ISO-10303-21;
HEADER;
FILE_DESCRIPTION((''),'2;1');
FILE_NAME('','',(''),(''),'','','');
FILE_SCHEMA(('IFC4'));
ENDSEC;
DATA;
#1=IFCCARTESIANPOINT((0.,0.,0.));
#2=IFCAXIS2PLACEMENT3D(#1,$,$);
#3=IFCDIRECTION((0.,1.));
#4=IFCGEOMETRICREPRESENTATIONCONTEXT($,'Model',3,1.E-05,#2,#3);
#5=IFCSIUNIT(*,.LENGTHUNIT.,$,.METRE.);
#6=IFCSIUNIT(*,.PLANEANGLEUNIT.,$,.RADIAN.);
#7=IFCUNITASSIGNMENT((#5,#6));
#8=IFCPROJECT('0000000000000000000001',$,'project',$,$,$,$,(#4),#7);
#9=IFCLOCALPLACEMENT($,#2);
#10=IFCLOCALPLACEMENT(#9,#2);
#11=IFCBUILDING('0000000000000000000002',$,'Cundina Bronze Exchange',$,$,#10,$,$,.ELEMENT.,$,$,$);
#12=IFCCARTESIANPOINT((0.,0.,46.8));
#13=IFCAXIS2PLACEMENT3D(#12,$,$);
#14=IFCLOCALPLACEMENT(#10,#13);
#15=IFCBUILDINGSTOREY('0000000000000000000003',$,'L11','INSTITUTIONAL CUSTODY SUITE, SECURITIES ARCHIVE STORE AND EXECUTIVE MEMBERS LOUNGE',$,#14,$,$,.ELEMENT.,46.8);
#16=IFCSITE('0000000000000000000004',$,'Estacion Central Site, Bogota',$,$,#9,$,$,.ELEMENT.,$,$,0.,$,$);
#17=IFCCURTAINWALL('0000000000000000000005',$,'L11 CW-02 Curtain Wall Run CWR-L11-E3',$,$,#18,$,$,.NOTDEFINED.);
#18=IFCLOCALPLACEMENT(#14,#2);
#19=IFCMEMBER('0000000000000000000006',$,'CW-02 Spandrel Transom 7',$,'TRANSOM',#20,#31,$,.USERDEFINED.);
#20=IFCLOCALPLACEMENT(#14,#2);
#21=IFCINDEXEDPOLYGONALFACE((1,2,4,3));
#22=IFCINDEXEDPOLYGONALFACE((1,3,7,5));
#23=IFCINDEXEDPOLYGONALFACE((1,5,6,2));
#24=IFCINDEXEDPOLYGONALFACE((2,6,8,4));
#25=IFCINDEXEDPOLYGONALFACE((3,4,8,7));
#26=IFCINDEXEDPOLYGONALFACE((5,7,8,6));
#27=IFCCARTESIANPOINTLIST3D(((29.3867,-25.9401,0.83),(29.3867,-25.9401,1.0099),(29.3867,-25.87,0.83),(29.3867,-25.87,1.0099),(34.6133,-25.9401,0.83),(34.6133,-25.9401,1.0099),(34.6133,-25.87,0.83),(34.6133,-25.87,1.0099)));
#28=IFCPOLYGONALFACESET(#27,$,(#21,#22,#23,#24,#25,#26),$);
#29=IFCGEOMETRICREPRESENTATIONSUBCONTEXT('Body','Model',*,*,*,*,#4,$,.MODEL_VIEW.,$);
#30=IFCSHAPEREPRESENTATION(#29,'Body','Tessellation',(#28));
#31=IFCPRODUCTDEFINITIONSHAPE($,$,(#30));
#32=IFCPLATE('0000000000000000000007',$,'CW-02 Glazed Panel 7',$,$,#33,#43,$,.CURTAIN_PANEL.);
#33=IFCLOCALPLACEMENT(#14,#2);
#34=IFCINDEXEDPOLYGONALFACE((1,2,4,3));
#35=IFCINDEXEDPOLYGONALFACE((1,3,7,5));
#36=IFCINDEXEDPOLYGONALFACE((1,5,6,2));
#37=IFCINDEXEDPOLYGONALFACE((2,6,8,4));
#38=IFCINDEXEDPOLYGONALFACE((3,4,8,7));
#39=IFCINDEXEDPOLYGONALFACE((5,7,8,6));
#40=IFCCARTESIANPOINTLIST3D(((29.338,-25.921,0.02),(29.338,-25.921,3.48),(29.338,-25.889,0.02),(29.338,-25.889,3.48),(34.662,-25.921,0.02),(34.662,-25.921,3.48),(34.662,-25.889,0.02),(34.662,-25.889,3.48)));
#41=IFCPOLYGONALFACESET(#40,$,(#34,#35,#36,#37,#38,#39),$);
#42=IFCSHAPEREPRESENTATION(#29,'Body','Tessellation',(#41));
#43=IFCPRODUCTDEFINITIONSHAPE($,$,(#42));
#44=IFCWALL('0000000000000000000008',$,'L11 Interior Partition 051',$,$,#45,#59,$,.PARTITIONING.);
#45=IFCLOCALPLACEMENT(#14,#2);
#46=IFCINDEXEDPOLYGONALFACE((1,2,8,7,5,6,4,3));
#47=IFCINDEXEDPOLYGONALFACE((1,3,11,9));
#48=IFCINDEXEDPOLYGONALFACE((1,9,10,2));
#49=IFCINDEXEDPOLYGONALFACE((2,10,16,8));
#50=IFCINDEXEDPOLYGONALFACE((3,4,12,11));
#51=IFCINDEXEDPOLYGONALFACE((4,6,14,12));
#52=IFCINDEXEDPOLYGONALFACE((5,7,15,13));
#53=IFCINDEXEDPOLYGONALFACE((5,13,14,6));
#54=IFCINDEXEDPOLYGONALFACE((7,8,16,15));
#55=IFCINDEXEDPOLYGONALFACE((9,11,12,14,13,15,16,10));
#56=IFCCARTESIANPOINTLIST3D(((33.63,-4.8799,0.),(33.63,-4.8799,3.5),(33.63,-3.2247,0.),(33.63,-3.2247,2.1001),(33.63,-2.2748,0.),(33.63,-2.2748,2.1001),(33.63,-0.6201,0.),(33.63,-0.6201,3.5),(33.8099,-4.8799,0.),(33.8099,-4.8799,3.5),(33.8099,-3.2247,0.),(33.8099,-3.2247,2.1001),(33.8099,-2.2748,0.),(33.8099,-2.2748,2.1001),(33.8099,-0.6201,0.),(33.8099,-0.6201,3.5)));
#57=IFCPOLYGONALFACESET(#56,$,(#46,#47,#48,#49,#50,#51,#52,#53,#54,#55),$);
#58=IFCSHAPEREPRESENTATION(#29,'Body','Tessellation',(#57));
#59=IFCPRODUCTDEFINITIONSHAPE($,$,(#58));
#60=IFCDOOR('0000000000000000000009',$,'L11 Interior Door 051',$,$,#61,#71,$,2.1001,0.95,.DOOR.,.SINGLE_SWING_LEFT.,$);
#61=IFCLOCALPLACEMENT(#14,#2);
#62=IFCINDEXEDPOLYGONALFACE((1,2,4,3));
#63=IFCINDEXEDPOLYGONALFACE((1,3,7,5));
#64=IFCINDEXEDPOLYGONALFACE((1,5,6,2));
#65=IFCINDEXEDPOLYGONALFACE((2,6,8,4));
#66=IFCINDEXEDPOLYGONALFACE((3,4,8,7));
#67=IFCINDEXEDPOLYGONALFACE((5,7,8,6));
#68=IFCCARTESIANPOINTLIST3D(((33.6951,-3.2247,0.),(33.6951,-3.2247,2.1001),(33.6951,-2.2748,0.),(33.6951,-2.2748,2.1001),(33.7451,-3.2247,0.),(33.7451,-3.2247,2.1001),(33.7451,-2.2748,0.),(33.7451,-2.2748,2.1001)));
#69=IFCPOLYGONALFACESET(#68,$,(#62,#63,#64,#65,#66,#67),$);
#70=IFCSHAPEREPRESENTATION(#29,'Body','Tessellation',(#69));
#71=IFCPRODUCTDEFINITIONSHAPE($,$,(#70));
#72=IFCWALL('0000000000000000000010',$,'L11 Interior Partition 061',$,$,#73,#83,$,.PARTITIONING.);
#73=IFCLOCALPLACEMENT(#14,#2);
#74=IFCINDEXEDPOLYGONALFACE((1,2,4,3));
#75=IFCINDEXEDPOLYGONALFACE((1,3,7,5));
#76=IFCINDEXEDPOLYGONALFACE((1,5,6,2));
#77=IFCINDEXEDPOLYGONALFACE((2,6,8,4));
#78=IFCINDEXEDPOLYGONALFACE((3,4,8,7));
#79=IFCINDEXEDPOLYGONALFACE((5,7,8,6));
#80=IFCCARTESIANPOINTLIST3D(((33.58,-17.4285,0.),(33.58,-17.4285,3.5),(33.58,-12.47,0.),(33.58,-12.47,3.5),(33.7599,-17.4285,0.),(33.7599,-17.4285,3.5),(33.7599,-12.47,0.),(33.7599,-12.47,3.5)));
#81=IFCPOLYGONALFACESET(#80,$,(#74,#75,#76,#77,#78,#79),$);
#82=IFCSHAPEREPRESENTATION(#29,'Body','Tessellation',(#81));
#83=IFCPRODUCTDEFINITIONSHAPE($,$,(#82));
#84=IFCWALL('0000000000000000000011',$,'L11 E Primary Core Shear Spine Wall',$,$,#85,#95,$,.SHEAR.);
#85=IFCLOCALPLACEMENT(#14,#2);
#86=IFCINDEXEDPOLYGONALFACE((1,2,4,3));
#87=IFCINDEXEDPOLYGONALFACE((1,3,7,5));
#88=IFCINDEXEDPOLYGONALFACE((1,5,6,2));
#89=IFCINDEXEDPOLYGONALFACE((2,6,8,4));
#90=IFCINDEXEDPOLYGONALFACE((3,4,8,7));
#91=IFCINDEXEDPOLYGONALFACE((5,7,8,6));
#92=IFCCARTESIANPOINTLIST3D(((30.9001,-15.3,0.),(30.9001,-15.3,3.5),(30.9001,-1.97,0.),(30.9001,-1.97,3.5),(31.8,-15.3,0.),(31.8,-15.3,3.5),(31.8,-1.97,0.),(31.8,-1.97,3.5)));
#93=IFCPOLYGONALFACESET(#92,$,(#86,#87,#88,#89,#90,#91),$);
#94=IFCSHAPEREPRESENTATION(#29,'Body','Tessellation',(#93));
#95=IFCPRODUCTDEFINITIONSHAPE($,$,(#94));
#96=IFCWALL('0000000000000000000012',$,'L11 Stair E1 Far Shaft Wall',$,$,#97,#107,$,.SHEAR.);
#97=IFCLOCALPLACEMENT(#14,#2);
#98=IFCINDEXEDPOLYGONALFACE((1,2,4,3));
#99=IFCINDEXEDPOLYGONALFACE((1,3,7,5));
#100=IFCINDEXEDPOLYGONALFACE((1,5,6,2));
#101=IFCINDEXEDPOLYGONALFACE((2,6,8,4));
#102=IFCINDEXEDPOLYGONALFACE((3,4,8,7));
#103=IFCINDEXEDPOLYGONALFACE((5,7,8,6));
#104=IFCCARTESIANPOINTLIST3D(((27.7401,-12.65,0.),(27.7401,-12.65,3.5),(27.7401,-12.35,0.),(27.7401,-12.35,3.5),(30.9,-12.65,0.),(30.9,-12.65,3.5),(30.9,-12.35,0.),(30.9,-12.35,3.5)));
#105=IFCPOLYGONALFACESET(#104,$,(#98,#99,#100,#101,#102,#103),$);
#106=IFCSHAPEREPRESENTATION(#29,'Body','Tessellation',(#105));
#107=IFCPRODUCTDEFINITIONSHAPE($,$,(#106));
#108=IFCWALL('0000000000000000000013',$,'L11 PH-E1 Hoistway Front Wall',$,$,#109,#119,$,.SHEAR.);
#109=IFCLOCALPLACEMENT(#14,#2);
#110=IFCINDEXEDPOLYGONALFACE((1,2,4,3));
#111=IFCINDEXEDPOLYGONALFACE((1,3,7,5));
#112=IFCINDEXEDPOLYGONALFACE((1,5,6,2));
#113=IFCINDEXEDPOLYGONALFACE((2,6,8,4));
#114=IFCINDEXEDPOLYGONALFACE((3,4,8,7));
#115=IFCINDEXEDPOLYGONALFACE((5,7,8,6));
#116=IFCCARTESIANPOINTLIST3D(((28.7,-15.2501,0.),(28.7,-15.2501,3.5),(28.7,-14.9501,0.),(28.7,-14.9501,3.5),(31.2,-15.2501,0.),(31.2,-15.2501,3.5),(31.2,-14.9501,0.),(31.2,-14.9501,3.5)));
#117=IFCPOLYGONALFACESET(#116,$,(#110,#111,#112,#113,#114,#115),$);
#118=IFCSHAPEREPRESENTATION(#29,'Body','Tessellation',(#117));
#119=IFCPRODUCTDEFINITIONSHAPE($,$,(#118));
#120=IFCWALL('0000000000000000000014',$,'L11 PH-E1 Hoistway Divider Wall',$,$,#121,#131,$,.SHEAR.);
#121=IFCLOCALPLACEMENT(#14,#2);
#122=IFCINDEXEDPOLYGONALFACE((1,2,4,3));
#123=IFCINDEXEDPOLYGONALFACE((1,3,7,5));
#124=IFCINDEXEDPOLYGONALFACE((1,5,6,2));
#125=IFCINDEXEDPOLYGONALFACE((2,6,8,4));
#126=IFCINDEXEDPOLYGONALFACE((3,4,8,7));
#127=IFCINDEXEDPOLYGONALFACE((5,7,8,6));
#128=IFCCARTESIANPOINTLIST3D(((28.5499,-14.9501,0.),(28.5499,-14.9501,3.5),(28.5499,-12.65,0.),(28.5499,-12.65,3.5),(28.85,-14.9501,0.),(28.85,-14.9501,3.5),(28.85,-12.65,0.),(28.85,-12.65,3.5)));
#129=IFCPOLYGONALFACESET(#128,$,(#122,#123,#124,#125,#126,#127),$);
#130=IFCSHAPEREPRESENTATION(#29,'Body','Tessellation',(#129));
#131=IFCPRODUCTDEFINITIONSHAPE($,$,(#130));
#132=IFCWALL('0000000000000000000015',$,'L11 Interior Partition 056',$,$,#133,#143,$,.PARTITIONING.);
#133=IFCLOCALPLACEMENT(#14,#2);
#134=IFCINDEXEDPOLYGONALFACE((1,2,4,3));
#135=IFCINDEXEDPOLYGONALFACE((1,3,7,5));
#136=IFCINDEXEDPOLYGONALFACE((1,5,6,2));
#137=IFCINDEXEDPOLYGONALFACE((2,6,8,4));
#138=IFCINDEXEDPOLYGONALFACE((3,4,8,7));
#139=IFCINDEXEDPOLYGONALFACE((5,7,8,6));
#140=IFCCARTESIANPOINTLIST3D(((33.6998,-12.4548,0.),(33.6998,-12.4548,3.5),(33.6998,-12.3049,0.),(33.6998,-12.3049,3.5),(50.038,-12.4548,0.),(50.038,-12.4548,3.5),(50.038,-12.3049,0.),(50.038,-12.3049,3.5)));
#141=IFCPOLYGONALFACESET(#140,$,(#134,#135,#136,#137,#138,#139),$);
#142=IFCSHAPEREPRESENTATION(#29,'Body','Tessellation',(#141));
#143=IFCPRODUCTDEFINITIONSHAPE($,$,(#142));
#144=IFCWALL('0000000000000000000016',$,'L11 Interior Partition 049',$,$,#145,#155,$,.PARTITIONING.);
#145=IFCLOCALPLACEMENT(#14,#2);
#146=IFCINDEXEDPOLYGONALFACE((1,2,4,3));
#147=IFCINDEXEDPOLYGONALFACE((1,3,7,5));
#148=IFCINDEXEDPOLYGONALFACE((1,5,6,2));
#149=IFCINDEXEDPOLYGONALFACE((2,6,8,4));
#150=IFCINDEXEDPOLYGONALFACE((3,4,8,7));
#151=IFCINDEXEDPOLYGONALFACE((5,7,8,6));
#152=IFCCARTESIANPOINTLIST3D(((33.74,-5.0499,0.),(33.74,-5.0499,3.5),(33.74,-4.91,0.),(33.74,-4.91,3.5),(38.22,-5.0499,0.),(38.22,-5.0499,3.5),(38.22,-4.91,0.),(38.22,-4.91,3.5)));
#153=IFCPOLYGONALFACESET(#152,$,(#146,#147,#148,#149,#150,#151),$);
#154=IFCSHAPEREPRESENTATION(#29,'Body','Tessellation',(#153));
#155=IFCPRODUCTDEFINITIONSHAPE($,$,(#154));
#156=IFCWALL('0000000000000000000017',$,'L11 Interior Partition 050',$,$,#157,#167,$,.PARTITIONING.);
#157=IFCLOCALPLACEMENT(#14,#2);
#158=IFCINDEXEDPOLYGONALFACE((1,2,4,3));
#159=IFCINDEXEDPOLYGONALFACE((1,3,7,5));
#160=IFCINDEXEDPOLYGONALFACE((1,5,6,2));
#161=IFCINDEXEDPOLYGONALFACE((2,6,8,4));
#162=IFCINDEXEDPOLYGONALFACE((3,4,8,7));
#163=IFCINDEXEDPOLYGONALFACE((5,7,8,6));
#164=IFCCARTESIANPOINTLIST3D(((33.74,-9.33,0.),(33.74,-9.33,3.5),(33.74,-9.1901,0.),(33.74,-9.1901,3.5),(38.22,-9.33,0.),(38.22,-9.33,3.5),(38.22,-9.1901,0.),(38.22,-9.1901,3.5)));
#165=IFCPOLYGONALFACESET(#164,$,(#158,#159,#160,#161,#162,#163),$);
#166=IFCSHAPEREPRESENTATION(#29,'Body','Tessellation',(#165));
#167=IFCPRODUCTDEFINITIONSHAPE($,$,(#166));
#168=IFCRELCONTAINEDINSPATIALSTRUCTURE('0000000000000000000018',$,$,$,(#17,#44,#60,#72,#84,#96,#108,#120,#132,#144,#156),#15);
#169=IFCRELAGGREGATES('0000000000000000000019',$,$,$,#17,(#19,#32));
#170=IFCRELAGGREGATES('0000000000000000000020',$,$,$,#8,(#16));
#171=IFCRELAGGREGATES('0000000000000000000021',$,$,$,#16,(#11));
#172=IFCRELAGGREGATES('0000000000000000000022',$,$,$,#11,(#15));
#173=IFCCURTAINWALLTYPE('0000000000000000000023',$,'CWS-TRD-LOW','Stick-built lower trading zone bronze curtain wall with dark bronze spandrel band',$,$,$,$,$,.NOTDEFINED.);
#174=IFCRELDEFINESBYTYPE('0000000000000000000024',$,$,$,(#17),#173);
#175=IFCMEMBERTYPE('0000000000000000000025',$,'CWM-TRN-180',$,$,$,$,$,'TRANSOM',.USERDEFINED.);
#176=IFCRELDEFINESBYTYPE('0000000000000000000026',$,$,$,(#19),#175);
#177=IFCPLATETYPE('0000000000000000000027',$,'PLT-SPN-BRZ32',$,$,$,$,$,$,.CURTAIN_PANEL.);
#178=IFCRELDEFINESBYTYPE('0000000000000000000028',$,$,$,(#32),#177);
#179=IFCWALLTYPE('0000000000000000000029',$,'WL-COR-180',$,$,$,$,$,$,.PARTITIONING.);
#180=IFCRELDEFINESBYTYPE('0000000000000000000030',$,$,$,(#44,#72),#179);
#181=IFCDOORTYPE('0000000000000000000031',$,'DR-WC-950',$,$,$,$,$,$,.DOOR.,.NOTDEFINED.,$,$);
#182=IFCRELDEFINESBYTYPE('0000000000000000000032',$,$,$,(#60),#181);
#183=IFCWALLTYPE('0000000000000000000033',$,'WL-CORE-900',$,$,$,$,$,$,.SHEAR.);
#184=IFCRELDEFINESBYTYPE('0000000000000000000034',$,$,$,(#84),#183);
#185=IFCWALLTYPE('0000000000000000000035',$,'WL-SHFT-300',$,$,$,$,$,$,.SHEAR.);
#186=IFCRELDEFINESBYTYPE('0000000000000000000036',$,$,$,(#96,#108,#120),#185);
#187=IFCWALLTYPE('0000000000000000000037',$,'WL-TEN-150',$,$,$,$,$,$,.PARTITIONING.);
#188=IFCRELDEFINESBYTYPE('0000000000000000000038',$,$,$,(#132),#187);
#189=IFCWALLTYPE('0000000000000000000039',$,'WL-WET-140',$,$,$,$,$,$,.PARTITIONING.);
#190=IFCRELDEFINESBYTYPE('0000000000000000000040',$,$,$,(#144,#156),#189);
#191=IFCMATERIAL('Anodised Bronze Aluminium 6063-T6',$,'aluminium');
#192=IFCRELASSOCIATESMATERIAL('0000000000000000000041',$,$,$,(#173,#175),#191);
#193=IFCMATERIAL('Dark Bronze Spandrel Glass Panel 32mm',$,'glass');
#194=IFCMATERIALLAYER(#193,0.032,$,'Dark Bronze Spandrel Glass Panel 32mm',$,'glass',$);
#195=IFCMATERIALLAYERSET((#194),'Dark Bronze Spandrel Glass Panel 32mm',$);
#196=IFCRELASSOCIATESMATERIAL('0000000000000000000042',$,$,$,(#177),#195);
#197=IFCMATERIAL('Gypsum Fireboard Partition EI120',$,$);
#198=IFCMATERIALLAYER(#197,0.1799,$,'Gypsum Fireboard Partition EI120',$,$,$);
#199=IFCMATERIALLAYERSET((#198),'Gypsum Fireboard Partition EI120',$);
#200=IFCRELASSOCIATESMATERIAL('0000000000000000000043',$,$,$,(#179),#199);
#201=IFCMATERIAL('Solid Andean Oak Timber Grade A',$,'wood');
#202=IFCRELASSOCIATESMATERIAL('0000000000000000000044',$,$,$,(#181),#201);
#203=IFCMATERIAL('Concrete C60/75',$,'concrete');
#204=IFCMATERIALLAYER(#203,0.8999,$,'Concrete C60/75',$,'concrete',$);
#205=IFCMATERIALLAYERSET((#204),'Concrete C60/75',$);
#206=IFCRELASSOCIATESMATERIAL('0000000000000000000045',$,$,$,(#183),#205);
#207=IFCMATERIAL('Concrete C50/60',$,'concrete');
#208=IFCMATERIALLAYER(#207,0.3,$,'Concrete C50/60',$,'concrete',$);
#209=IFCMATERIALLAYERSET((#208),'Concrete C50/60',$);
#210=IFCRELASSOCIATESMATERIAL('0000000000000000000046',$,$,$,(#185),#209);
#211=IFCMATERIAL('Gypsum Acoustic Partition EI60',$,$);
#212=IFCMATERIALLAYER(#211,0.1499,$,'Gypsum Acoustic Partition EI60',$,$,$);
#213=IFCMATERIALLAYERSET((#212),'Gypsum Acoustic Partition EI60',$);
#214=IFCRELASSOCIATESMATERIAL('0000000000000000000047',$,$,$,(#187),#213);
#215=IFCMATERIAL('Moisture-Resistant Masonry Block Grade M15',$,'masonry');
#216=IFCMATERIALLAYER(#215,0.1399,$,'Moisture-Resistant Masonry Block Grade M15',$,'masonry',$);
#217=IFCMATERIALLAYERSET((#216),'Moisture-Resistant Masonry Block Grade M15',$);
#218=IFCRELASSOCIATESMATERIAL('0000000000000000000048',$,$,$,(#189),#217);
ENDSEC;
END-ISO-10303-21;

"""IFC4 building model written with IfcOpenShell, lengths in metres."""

from ifc_helpers import new_model, si_unit, direction, frame, frame_2d, origin, origin_2d, place, context, subcontext, project, spatial, rectangle, extrude, material, layer, layer_set, material_profile, profile_set, type_object, element, fill, aggregate, save


model = new_model("IFC4")

# Units and contexts
model_context = context("Model", 3, precision=1e-05, world=origin(), true_north=direction((0.0, 1.0)))
body_context = subcontext(model_context, "Body", "Model", "MODEL_VIEW")
ifc_project = project(units=[si_unit("LENGTHUNIT", "METRE"), si_unit("PLANEANGLEUNIT", "RADIAN")], contexts=[model_context])

# Site, building, storey
site_placement = place(None, origin())
site = spatial("IfcSite", under=ifc_project, at=site_placement, Name="Estacion Central Site, Bogota", CompositionType="ELEMENT", RefElevation=0.0)
building_placement = place(site_placement, origin())
building = spatial("IfcBuilding", under=site, at=building_placement, Name="Cundina Bronze Exchange", CompositionType="ELEMENT")
storey_placement = place(building_placement, frame((0.0, 0.0, 46.8)))
storey = spatial("IfcBuildingStorey", under=building, at=storey_placement, Name="L11", Description="INSTITUTIONAL CUSTODY SUITE, SECURITIES ARCHIVE STORE AND EXECUTIVE MEMBERS LOUNGE", CompositionType="ELEMENT", Elevation=46.8)

# Shared definitions
ifc_material_1 = material(Name="Concrete C60/75", Category="concrete")

# Curtain wall
ifc_material_2 = material(Name="Anodised Bronze Aluminium 6063-T6", Category="aluminium")
curtain_wall_type = type_object("IfcCurtainWallType", Name="CWS-TRD-LOW", Description="Stick-built lower trading zone bronze curtain wall with dark bronze spandrel band", PredefinedType="NOTDEFINED", material=ifc_material_2)
curtain_wall_1_placement = place(storey_placement, origin())
curtain_wall_1 = element("IfcCurtainWall", 1, at=curtain_wall_1_placement, inside=storey, type_object=curtain_wall_type, Name="L11 CW-02 Curtain Wall Run CWR-L11-E3", PredefinedType="NOTDEFINED")

# Member
ifc_material_profile_1 = material_profile(ifc_material_2, rectangle(XDim=0.0701, YDim=0.1799, at=origin_2d()), Name="AL70X180", Category="aluminium")
ifc_profile_set_1 = profile_set([ifc_material_profile_1], Name="Anodised Bronze Aluminium 6063-T6")
member_type_1 = type_object("IfcMemberType", Name="CWM-TRN-180", ElementType="TRANSOM", PredefinedType="USERDEFINED", material=ifc_profile_set_1)
member_1_placement = place(storey_placement, frame((29.3867, -25.905, 0.9199), z_axis=(1.0, 0.0, 0.0), x_axis=(0.0, 1.0, 0.0)))
member_1 = element("IfcMember", 2, at=member_1_placement, type_object=member_type_1, Name="CW-02 Spandrel Transom 7", ObjectType="TRANSOM", PredefinedType="USERDEFINED", context=body_context, shape_type="SweptSolid", body=[
    extrude(rectangle(XDim=0.0701, YDim=0.1799, at=origin_2d()), origin(), (0.0, 0.0, 1.0), 5.2266),
])

# Plate
ifc_material_3 = material(Name="Dark Bronze Spandrel Glass Panel 32mm", Category="glass")
ifc_layer_1 = layer(ifc_material_3, 0.032, Name="Dark Bronze Spandrel Glass Panel 32mm", Category="glass")
ifc_layer_set_1 = layer_set([ifc_layer_1], Name="Dark Bronze Spandrel Glass Panel 32mm")
plate_type = type_object("IfcPlateType", Name="PLT-SPN-BRZ32", PredefinedType="CURTAIN_PANEL", material=ifc_layer_set_1)
plate_placement = place(storey_placement, frame((32.0, -25.905, 0.02), z_axis=(0.0, 0.0, 1.0), x_axis=(1.0, 0.0, 0.0)))
plate = element("IfcPlate", 3, at=plate_placement, type_object=plate_type, Name="CW-02 Glazed Panel 7", PredefinedType="CURTAIN_PANEL", context=body_context, shape_type="SweptSolid", body=[
    extrude(rectangle(XDim=5.324, YDim=0.032, at=origin_2d()), origin(), (0.0, 0.0, 1.0), 3.46),
])
aggregate(curtain_wall_1, [member_1, plate])

# Wall, opening, door
ifc_material_4 = material(Name="Gypsum Fireboard Partition EI120")
ifc_layer_2 = layer(ifc_material_4, 0.1799, Name="Gypsum Fireboard Partition EI120")
ifc_layer_set_2 = layer_set([ifc_layer_2], Name="Gypsum Fireboard Partition EI120")
wall_type_1 = type_object("IfcWallType", Name="WL-COR-180", PredefinedType="PARTITIONING", material=ifc_layer_set_2)
wall_1_placement = place(storey_placement, frame((33.72, -4.8799, 0.0), z_axis=(0.0, 0.0, 1.0), x_axis=(0.0, 1.0, 0.0)))
wall_1 = element("IfcWall", 4, at=wall_1_placement, inside=storey, type_object=wall_type_1, Name="L11 Interior Partition 051", PredefinedType="PARTITIONING", context=body_context, shape_type="SweptSolid", body=[
    extrude(rectangle(XDim=4.2598, YDim=0.1799, at=frame_2d((2.1299, 0.0))), origin(), (0.0, 0.0, 1.0), 3.5),
])
opening_1_placement = place(wall_1_placement, frame((1.655, 0.0, 0.0)))
opening_1 = element("IfcOpeningElement", 5, at=opening_1_placement, cuts=wall_1, PredefinedType="OPENING", context=body_context, shape_type="SweptSolid", body=[
    extrude(rectangle(XDim=0.95, YDim=2.1001, at=frame_2d((0.4751, 1.05))), frame((0.0, 0.0999, 0.0), z_axis=(0.0, -1.0, 0.0), x_axis=(1.0, 0.0, 0.0)), (0.0, 0.0, 1.0), 0.2),
])
ifc_material_5 = material(Name="Solid Andean Oak Timber Grade A", Category="wood")
door_type_1 = type_object("IfcDoorType", Name="DR-WC-950", OperationType="NOTDEFINED", PredefinedType="DOOR", material=ifc_material_5)
door_1_placement = place(opening_1_placement, origin())
door_1 = element("IfcDoor", 6, at=door_1_placement, inside=storey, type_object=door_type_1, Name="L11 Interior Door 051", OperationType="SINGLE_SWING_LEFT", OverallHeight=2.1001, OverallWidth=0.95, PredefinedType="DOOR", context=body_context, shape_type="SweptSolid", body=[
    extrude(rectangle(XDim=0.95, YDim=2.1001, at=frame_2d((0.4751, 1.05))), frame((0.0, 0.0249, 0.0), z_axis=(0.0, -1.0, 0.0), x_axis=(1.0, 0.0, 0.0)), (0.0, 0.0, 1.0), 0.05),
])
fill(opening_1, door_1)

# Walls
wall_2_placement = place(storey_placement, frame((33.6699, -17.4285, 0.0), z_axis=(0.0, 0.0, 1.0), x_axis=(0.0, 1.0, 0.0)))
element("IfcWall", 7, at=wall_2_placement, inside=storey, type_object=wall_type_1, Name="L11 Interior Partition 061", PredefinedType="PARTITIONING", context=body_context, shape_type="SweptSolid", body=[
    extrude(rectangle(XDim=4.9585, YDim=0.1799, at=frame_2d((2.4792, 0.0))), origin(), (0.0, 0.0, 1.0), 3.5),
])
ifc_layer_3 = layer(ifc_material_1, 0.8999, Name="Concrete C60/75", Category="concrete")
ifc_layer_set_3 = layer_set([ifc_layer_3], Name="Concrete C60/75")
wall_type_2 = type_object("IfcWallType", Name="WL-CORE-900", PredefinedType="SHEAR", material=ifc_layer_set_3)
wall_3_placement = place(storey_placement, frame((31.3501, -15.3, 0.0), z_axis=(0.0, 0.0, 1.0), x_axis=(0.0, 1.0, 0.0)))
element("IfcWall", 8, at=wall_3_placement, inside=storey, type_object=wall_type_2, Name="L11 E Primary Core Shear Spine Wall", PredefinedType="SHEAR", context=body_context, shape_type="SweptSolid", body=[
    extrude(rectangle(XDim=13.3301, YDim=0.8999, at=frame_2d((6.665, 0.0))), origin(), (0.0, 0.0, 1.0), 3.5),
])
ifc_material_6 = material(Name="Concrete C50/60", Category="concrete")
ifc_layer_4 = layer(ifc_material_6, 0.3, Name="Concrete C50/60", Category="concrete")
ifc_layer_set_4 = layer_set([ifc_layer_4], Name="Concrete C50/60")
wall_type_3 = type_object("IfcWallType", Name="WL-SHFT-300", PredefinedType="SHEAR", material=ifc_layer_set_4)
wall_4_placement = place(storey_placement, frame((27.74, -12.5, 0.0), z_axis=(0.0, 0.0, 1.0), x_axis=(1.0, 0.0, 0.0)))
element("IfcWall", 9, at=wall_4_placement, inside=storey, type_object=wall_type_3, Name="L11 Stair E1 Far Shaft Wall", PredefinedType="SHEAR", context=body_context, shape_type="SweptSolid", body=[
    extrude(rectangle(XDim=3.1599, YDim=0.3, at=frame_2d((1.5801, 0.0))), origin(), (0.0, 0.0, 1.0), 3.5),
])
wall_5_placement = place(storey_placement, frame((28.7, -15.1001, 0.0), z_axis=(0.0, 0.0, 1.0), x_axis=(1.0, 0.0, 0.0)))
element("IfcWall", 10, at=wall_5_placement, inside=storey, type_object=wall_type_3, Name="L11 PH-E1 Hoistway Front Wall", PredefinedType="SHEAR", context=body_context, shape_type="SweptSolid", body=[
    extrude(rectangle(XDim=2.5, YDim=0.3, at=frame_2d((1.25, 0.0))), origin(), (0.0, 0.0, 1.0), 3.5),
])
wall_6_placement = place(storey_placement, frame((28.7, -14.95, 0.0), z_axis=(0.0, 0.0, 1.0), x_axis=(0.0, 1.0, 0.0)))
element("IfcWall", 11, at=wall_6_placement, inside=storey, type_object=wall_type_3, Name="L11 PH-E1 Hoistway Divider Wall", PredefinedType="SHEAR", context=body_context, shape_type="SweptSolid", body=[
    extrude(rectangle(XDim=2.3, YDim=0.3, at=frame_2d((1.1499, 0.0))), origin(), (0.0, 0.0, 1.0), 3.5),
])
ifc_material_7 = material(Name="Gypsum Acoustic Partition EI60")
ifc_layer_5 = layer(ifc_material_7, 0.1499, Name="Gypsum Acoustic Partition EI60")
ifc_layer_set_5 = layer_set([ifc_layer_5], Name="Gypsum Acoustic Partition EI60")
wall_type_4 = type_object("IfcWallType", Name="WL-TEN-150", PredefinedType="PARTITIONING", material=ifc_layer_set_5)
wall_7_placement = place(storey_placement, frame((33.7, -12.3799, 0.0), z_axis=(0.0, 0.0, 1.0), x_axis=(1.0, 0.0, 0.0)))
element("IfcWall", 12, at=wall_7_placement, inside=storey, type_object=wall_type_4, Name="L11 Interior Partition 056", PredefinedType="PARTITIONING", context=body_context, shape_type="SweptSolid", body=[
    extrude(rectangle(XDim=16.3381, YDim=0.1499, at=frame_2d((8.1689, 0.0))), origin(), (0.0, 0.0, 1.0), 3.5),
])
ifc_material_8 = material(Name="Moisture-Resistant Masonry Block Grade M15", Category="masonry")
ifc_layer_6 = layer(ifc_material_8, 0.1399, Name="Moisture-Resistant Masonry Block Grade M15", Category="masonry")
ifc_layer_set_6 = layer_set([ifc_layer_6], Name="Moisture-Resistant Masonry Block Grade M15")
wall_type_5 = type_object("IfcWallType", Name="WL-WET-140", PredefinedType="PARTITIONING", material=ifc_layer_set_6)
for number, where, z_axis, x_axis, name in (
    (13, (33.74, -4.98, 0.0), (0.0, 0.0, 1.0), (1.0, 0.0, 0.0), "L11 Interior Partition 049"),
    (14, (33.74, -9.26, 0.0), (0.0, 0.0, 1.0), (1.0, 0.0, 0.0), "L11 Interior Partition 050"),
):
    element("IfcWall", number, at=place(storey_placement, frame(where, z_axis=z_axis, x_axis=x_axis)), inside=storey, type_object=wall_type_5, Name=name, PredefinedType="PARTITIONING", context=body_context, shape_type="SweptSolid", body=[
        extrude(rectangle(XDim=4.48, YDim=0.1399, at=frame_2d((2.24, 0.0))), origin(), (0.0, 0.0, 1.0), 3.5),
    ])

save(model, "model.ifc")
